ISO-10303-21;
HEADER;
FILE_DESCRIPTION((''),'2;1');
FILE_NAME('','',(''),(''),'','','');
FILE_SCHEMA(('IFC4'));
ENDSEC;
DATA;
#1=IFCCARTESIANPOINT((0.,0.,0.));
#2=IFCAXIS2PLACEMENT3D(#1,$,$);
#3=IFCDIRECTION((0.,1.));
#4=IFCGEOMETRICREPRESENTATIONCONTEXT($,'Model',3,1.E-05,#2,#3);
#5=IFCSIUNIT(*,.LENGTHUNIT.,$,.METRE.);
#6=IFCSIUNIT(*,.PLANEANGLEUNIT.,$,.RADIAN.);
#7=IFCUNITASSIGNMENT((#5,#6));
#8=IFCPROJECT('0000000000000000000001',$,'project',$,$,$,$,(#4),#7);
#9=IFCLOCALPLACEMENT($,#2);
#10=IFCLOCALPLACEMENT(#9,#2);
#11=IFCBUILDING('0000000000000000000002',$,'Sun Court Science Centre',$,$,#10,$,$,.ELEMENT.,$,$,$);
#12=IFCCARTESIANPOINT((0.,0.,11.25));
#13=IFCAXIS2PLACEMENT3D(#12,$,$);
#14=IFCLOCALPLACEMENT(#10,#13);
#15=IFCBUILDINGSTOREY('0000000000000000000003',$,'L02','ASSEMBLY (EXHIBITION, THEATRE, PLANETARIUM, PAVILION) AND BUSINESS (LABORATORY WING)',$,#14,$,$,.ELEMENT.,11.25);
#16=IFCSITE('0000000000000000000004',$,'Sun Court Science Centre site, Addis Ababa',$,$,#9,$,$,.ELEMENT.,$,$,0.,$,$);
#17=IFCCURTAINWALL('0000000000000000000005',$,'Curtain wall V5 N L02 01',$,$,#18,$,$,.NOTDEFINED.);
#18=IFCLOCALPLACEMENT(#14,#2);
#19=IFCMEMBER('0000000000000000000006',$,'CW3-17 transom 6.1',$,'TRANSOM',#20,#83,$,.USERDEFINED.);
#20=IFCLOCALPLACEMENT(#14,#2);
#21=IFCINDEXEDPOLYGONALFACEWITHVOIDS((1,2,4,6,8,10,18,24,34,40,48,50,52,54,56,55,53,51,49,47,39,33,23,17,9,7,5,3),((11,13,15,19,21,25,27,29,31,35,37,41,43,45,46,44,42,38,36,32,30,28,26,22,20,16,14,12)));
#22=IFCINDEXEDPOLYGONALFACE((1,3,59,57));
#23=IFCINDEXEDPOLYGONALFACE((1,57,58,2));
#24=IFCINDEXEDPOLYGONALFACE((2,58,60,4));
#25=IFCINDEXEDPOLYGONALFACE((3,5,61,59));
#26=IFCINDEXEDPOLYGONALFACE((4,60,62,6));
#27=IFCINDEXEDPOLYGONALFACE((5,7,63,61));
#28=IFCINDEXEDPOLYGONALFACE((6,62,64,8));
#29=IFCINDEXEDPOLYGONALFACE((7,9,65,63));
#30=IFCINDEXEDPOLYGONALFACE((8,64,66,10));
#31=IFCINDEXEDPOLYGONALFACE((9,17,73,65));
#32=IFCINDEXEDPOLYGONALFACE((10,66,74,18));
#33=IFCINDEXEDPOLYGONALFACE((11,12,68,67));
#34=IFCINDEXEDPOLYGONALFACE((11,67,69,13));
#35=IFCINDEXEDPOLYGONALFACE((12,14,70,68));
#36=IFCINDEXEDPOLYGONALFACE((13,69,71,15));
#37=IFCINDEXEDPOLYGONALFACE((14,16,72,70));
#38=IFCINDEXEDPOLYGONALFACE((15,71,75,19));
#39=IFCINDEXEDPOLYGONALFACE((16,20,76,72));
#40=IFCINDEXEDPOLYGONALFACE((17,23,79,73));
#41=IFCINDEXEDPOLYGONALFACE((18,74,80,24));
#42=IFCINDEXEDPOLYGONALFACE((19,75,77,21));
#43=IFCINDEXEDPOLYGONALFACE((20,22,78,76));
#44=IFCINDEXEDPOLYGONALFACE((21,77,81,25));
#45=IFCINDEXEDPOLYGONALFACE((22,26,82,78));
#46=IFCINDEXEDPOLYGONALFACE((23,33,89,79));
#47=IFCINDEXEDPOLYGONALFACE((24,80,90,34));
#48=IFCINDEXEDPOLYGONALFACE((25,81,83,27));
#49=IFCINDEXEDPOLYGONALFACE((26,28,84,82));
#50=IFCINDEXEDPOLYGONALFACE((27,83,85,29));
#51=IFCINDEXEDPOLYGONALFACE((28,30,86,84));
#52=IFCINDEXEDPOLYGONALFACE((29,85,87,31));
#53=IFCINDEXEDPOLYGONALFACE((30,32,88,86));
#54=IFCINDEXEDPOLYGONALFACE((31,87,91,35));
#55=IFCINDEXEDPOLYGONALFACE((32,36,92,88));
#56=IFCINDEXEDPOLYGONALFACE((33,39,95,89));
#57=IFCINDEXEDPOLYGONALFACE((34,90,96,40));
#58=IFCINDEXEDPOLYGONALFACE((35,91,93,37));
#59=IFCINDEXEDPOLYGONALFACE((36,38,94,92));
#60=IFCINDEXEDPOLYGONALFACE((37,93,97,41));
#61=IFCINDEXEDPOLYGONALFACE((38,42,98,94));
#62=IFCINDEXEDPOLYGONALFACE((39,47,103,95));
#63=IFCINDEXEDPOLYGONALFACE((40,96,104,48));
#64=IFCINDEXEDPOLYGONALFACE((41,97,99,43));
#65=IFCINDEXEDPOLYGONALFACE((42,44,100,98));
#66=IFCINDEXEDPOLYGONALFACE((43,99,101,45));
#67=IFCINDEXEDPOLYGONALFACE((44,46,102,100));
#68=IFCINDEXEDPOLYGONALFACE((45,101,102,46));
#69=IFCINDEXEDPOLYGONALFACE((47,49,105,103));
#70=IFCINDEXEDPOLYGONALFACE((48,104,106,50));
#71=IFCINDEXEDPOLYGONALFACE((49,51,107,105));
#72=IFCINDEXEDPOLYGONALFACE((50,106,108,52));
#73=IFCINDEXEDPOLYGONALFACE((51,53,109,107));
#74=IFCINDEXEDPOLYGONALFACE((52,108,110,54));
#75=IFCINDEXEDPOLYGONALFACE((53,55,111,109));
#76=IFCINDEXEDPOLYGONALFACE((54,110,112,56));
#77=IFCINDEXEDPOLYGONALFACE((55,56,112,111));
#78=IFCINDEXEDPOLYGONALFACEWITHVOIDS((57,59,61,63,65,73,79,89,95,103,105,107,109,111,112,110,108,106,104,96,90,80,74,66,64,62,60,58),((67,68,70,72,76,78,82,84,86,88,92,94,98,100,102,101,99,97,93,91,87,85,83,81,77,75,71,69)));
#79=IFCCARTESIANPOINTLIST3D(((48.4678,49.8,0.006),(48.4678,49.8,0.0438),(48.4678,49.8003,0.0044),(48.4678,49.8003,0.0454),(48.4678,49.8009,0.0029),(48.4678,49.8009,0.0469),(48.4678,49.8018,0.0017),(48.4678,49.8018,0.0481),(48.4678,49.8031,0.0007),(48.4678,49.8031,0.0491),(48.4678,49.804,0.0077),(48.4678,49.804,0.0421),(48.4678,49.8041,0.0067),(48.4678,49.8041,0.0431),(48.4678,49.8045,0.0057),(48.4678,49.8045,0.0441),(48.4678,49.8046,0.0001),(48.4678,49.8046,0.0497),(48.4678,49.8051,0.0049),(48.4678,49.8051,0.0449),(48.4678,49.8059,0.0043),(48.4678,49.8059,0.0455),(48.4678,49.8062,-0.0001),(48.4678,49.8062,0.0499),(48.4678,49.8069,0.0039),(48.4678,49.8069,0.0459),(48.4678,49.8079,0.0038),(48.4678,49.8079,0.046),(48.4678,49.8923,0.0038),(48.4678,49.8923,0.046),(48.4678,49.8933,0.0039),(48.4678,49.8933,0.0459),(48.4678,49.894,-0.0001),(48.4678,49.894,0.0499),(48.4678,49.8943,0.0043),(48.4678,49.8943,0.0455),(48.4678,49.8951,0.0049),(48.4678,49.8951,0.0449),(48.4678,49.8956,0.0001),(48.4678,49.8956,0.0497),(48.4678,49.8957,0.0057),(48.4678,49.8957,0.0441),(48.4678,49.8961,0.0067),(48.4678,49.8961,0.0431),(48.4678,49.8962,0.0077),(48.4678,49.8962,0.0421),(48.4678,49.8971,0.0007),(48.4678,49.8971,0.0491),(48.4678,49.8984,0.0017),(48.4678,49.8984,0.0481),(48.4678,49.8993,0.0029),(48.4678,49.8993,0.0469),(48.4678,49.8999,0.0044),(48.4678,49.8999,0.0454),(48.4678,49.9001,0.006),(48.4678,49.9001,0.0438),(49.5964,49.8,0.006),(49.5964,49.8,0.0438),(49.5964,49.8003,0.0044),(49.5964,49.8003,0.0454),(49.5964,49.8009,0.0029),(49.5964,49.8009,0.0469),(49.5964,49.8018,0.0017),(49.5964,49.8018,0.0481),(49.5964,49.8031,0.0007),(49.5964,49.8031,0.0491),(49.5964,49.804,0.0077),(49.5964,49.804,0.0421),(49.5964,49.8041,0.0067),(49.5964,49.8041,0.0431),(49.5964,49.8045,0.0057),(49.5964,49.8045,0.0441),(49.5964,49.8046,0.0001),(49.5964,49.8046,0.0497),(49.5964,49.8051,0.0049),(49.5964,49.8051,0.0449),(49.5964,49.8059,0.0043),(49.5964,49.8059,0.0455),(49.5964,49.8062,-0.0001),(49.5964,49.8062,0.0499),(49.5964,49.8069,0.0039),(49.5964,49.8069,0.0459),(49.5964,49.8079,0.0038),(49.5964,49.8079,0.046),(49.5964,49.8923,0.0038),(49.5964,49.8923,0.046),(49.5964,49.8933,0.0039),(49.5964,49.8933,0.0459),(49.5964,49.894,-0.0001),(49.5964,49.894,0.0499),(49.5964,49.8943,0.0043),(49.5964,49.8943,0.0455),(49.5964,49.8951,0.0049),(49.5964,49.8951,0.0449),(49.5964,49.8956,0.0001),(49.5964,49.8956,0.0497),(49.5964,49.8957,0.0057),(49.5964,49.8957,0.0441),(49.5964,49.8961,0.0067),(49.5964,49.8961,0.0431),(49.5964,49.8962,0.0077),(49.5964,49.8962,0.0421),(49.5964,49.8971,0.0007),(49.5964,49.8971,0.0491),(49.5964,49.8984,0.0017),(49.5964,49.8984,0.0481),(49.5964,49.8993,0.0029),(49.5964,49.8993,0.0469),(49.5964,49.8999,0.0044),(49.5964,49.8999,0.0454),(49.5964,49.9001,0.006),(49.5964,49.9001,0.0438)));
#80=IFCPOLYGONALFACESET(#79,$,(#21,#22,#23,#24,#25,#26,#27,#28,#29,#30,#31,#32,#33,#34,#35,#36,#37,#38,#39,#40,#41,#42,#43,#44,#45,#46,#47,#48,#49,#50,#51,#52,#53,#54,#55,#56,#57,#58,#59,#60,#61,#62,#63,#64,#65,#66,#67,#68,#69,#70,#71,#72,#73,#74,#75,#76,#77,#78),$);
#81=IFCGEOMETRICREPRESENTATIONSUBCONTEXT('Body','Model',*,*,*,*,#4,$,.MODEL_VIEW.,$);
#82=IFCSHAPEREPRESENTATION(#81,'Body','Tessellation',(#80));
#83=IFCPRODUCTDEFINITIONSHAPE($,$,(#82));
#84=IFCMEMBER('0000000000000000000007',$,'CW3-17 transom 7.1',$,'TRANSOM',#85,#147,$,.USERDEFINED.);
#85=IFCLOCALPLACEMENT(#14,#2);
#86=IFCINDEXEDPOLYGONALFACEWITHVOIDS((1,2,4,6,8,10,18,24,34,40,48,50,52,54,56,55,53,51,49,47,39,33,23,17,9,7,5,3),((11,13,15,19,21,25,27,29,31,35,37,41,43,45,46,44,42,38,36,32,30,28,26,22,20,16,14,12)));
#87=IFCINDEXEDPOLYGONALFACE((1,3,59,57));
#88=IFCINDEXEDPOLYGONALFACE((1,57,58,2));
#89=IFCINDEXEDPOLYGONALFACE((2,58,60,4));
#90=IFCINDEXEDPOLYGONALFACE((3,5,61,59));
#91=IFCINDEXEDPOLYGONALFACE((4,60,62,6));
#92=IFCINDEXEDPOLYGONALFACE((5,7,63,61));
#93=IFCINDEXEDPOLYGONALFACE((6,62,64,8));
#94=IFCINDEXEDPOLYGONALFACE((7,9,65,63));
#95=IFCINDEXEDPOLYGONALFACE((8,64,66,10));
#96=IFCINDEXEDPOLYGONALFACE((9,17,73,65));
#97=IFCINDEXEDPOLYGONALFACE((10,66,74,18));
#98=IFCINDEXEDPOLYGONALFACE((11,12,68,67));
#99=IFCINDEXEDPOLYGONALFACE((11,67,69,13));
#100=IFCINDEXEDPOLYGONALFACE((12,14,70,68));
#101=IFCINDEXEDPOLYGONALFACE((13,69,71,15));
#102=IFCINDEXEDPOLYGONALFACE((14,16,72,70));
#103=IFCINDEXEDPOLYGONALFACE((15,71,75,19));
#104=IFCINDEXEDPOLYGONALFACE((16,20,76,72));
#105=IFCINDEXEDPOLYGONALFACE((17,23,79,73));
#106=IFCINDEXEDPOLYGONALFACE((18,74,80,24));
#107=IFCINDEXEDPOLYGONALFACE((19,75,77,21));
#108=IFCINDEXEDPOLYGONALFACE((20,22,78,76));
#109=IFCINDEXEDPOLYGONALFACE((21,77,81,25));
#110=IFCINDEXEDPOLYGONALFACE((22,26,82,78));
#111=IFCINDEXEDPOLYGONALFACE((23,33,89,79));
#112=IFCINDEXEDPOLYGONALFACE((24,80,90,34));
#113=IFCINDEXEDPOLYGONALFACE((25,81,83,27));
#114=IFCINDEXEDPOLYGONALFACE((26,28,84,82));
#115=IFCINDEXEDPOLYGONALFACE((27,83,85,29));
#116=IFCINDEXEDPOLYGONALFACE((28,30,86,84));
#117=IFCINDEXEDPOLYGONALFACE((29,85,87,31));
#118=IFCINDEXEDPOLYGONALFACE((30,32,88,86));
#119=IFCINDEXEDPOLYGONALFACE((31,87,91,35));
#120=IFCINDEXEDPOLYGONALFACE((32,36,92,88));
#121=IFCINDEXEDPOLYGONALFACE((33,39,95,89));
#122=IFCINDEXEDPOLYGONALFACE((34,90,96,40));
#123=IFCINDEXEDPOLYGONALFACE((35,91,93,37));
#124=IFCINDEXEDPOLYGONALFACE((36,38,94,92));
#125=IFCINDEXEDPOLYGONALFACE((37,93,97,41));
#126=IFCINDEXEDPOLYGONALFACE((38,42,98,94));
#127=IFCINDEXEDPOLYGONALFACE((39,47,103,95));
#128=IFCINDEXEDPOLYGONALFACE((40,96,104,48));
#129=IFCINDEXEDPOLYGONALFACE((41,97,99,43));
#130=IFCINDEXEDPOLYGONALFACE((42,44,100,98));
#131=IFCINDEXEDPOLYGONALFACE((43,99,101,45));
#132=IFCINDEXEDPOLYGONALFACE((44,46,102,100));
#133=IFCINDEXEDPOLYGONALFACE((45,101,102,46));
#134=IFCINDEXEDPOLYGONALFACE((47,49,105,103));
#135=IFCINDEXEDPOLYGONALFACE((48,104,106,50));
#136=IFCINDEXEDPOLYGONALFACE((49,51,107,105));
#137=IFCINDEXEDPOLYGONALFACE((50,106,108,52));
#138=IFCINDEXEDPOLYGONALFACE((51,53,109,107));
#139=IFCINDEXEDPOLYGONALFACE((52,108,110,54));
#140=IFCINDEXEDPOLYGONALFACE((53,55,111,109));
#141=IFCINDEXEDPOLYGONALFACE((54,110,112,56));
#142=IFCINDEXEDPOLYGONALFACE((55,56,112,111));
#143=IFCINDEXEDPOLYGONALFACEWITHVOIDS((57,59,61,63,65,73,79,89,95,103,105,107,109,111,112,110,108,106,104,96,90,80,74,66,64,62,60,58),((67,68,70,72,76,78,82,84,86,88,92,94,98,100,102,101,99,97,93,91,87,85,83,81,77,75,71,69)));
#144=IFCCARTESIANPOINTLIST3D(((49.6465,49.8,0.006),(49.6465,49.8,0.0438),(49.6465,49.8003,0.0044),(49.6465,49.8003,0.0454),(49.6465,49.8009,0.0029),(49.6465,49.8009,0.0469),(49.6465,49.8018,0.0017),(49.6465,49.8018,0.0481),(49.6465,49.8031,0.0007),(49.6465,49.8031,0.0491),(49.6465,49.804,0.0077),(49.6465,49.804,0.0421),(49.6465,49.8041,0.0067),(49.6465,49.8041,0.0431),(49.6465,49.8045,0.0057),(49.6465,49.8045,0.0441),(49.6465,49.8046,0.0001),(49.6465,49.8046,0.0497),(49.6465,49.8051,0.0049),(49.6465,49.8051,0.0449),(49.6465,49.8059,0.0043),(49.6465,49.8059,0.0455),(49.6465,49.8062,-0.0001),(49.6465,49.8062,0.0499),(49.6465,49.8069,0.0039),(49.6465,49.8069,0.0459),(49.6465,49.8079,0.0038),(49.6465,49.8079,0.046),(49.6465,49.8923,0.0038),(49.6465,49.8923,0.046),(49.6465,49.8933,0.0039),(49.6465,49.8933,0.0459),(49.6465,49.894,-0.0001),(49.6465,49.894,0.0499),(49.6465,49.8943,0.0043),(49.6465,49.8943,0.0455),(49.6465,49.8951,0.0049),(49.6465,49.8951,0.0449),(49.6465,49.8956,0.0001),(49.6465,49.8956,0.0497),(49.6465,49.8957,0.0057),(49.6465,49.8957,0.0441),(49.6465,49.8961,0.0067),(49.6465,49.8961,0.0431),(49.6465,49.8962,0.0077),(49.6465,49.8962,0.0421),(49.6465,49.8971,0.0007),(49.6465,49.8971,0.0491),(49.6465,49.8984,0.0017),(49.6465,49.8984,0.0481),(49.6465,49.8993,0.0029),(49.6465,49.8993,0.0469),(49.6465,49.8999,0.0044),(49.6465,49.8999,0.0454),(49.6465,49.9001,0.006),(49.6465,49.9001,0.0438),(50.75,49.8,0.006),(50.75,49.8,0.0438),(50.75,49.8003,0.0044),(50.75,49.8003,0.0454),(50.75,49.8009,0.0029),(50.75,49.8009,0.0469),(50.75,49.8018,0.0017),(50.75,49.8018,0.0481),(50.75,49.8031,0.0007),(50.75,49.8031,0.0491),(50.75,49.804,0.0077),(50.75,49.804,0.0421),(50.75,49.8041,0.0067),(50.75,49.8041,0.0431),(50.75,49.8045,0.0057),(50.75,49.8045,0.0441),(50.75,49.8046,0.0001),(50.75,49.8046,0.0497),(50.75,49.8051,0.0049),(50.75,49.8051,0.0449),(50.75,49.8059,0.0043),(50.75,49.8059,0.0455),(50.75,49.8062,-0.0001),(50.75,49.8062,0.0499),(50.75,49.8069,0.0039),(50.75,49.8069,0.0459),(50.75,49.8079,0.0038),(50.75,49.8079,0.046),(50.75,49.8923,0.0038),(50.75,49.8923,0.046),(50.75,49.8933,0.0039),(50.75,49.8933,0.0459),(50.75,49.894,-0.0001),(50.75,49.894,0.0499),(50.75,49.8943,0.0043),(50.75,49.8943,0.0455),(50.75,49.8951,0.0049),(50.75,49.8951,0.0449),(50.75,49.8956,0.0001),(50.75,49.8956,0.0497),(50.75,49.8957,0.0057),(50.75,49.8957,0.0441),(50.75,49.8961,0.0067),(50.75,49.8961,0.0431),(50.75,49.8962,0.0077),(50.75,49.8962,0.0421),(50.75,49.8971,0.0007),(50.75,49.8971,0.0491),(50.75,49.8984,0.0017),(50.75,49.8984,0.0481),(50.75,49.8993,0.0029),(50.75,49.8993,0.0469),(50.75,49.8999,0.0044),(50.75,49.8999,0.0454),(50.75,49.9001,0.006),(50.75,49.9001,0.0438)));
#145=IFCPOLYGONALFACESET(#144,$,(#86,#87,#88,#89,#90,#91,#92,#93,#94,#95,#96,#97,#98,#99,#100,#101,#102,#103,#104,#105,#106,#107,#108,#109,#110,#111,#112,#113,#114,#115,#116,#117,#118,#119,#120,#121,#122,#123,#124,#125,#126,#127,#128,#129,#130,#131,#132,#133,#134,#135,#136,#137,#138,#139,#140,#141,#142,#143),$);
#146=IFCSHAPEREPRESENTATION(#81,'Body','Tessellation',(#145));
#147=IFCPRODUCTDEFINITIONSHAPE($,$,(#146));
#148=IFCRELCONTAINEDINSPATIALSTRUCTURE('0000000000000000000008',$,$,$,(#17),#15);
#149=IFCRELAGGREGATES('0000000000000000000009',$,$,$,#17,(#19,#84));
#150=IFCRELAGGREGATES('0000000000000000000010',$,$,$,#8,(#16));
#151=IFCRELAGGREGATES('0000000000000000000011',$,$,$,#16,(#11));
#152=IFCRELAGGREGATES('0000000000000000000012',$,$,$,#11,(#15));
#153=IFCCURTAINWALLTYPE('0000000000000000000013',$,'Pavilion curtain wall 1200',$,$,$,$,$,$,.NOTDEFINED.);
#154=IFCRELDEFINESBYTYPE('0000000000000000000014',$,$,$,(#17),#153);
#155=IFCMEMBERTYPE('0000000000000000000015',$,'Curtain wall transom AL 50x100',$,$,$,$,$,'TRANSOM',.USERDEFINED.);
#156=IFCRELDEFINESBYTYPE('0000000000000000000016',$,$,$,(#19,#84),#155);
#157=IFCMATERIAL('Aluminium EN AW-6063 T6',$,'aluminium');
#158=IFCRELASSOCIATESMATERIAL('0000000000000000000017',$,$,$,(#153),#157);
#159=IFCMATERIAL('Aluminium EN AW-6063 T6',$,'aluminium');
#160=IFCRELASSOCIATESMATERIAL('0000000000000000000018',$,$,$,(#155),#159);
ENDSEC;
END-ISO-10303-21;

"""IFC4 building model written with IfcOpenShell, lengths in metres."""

from ifc_helpers import new_model, si_unit, direction, frame, origin, origin_2d, place, context, subcontext, project, spatial, hollow_rectangle, extrude, material, material_profile, profile_set, type_object, element, aggregate, save


model = new_model("IFC4")

# Units and contexts
model_context = context("Model", 3, precision=1e-05, world=origin(), true_north=direction((0.0, 1.0)))
body_context = subcontext(model_context, "Body", "Model", "MODEL_VIEW")
ifc_project = project(units=[si_unit("LENGTHUNIT", "METRE"), si_unit("PLANEANGLEUNIT", "RADIAN")], contexts=[model_context])

# Site, building, storey
site_placement = place(None, origin())
site = spatial("IfcSite", under=ifc_project, at=site_placement, Name="Sun Court Science Centre site, Addis Ababa", CompositionType="ELEMENT", RefElevation=0.0)
building_placement = place(site_placement, origin())
building = spatial("IfcBuilding", under=site, at=building_placement, Name="Sun Court Science Centre", CompositionType="ELEMENT")
storey_placement = place(building_placement, frame((0.0, 0.0, 11.25)))
storey = spatial("IfcBuildingStorey", under=building, at=storey_placement, Name="L02", Description="ASSEMBLY (EXHIBITION, THEATRE, PLANETARIUM, PAVILION) AND BUSINESS (LABORATORY WING)", CompositionType="ELEMENT", Elevation=11.25)

# Curtain wall, members
ifc_material_1 = material(Name="Aluminium EN AW-6063 T6", Category="aluminium")
curtain_wall_type = type_object("IfcCurtainWallType", Name="Pavilion curtain wall 1200", PredefinedType="NOTDEFINED", material=ifc_material_1)
curtain_wall_placement = place(storey_placement, origin())
curtain_wall = element("IfcCurtainWall", 1, at=curtain_wall_placement, inside=storey, type_object=curtain_wall_type, Name="Curtain wall V5 N L02 01", PredefinedType="NOTDEFINED")
ifc_material_2 = material(Name="Aluminium EN AW-6063 T6", Category="aluminium")
ifc_material_profile_1 = material_profile(ifc_material_2, hollow_rectangle(XDim=0.05, YDim=0.1001, WallThickness=0.0039, InnerFilletRadius=0.0039, OuterFilletRadius=0.0061, at=origin_2d()), Name="AL 50x100x4")
ifc_profile_set_1 = profile_set([ifc_material_profile_1], Name="Aluminium EN AW-6063 T6")
member_type_1 = type_object("IfcMemberType", Name="Curtain wall transom AL 50x100", ElementType="TRANSOM", PredefinedType="USERDEFINED", material=ifc_profile_set_1)
member_1_placement = place(storey_placement, frame((48.4678, 49.8501, 0.0249), z_axis=(1.0, 0.0, 0.0), x_axis=(0.0, 0.0, 1.0)))
member_1 = element("IfcMember", 2, at=member_1_placement, type_object=member_type_1, Name="CW3-17 transom 6.1", ObjectType="TRANSOM", PredefinedType="USERDEFINED", context=body_context, shape_type="SweptSolid", body=[
    extrude(hollow_rectangle(XDim=0.05, YDim=0.1001, WallThickness=0.0039, InnerFilletRadius=0.0039, OuterFilletRadius=0.0061, at=origin_2d()), origin(), (0.0, 0.0, 1.0), 1.1287),
])
member_2_placement = place(storey_placement, frame((49.6465, 49.8501, 0.0249), z_axis=(1.0, 0.0, 0.0), x_axis=(0.0, 0.0, 1.0)))
member_2 = element("IfcMember", 3, at=member_2_placement, type_object=member_type_1, Name="CW3-17 transom 7.1", ObjectType="TRANSOM", PredefinedType="USERDEFINED", context=body_context, shape_type="SweptSolid", body=[
    extrude(hollow_rectangle(XDim=0.05, YDim=0.1001, WallThickness=0.0039, InnerFilletRadius=0.0039, OuterFilletRadius=0.0061, at=origin_2d()), origin(), (0.0, 0.0, 1.0), 1.1035),
])

aggregate(curtain_wall, [member_1, member_2])

save(model, "model.ifc")
